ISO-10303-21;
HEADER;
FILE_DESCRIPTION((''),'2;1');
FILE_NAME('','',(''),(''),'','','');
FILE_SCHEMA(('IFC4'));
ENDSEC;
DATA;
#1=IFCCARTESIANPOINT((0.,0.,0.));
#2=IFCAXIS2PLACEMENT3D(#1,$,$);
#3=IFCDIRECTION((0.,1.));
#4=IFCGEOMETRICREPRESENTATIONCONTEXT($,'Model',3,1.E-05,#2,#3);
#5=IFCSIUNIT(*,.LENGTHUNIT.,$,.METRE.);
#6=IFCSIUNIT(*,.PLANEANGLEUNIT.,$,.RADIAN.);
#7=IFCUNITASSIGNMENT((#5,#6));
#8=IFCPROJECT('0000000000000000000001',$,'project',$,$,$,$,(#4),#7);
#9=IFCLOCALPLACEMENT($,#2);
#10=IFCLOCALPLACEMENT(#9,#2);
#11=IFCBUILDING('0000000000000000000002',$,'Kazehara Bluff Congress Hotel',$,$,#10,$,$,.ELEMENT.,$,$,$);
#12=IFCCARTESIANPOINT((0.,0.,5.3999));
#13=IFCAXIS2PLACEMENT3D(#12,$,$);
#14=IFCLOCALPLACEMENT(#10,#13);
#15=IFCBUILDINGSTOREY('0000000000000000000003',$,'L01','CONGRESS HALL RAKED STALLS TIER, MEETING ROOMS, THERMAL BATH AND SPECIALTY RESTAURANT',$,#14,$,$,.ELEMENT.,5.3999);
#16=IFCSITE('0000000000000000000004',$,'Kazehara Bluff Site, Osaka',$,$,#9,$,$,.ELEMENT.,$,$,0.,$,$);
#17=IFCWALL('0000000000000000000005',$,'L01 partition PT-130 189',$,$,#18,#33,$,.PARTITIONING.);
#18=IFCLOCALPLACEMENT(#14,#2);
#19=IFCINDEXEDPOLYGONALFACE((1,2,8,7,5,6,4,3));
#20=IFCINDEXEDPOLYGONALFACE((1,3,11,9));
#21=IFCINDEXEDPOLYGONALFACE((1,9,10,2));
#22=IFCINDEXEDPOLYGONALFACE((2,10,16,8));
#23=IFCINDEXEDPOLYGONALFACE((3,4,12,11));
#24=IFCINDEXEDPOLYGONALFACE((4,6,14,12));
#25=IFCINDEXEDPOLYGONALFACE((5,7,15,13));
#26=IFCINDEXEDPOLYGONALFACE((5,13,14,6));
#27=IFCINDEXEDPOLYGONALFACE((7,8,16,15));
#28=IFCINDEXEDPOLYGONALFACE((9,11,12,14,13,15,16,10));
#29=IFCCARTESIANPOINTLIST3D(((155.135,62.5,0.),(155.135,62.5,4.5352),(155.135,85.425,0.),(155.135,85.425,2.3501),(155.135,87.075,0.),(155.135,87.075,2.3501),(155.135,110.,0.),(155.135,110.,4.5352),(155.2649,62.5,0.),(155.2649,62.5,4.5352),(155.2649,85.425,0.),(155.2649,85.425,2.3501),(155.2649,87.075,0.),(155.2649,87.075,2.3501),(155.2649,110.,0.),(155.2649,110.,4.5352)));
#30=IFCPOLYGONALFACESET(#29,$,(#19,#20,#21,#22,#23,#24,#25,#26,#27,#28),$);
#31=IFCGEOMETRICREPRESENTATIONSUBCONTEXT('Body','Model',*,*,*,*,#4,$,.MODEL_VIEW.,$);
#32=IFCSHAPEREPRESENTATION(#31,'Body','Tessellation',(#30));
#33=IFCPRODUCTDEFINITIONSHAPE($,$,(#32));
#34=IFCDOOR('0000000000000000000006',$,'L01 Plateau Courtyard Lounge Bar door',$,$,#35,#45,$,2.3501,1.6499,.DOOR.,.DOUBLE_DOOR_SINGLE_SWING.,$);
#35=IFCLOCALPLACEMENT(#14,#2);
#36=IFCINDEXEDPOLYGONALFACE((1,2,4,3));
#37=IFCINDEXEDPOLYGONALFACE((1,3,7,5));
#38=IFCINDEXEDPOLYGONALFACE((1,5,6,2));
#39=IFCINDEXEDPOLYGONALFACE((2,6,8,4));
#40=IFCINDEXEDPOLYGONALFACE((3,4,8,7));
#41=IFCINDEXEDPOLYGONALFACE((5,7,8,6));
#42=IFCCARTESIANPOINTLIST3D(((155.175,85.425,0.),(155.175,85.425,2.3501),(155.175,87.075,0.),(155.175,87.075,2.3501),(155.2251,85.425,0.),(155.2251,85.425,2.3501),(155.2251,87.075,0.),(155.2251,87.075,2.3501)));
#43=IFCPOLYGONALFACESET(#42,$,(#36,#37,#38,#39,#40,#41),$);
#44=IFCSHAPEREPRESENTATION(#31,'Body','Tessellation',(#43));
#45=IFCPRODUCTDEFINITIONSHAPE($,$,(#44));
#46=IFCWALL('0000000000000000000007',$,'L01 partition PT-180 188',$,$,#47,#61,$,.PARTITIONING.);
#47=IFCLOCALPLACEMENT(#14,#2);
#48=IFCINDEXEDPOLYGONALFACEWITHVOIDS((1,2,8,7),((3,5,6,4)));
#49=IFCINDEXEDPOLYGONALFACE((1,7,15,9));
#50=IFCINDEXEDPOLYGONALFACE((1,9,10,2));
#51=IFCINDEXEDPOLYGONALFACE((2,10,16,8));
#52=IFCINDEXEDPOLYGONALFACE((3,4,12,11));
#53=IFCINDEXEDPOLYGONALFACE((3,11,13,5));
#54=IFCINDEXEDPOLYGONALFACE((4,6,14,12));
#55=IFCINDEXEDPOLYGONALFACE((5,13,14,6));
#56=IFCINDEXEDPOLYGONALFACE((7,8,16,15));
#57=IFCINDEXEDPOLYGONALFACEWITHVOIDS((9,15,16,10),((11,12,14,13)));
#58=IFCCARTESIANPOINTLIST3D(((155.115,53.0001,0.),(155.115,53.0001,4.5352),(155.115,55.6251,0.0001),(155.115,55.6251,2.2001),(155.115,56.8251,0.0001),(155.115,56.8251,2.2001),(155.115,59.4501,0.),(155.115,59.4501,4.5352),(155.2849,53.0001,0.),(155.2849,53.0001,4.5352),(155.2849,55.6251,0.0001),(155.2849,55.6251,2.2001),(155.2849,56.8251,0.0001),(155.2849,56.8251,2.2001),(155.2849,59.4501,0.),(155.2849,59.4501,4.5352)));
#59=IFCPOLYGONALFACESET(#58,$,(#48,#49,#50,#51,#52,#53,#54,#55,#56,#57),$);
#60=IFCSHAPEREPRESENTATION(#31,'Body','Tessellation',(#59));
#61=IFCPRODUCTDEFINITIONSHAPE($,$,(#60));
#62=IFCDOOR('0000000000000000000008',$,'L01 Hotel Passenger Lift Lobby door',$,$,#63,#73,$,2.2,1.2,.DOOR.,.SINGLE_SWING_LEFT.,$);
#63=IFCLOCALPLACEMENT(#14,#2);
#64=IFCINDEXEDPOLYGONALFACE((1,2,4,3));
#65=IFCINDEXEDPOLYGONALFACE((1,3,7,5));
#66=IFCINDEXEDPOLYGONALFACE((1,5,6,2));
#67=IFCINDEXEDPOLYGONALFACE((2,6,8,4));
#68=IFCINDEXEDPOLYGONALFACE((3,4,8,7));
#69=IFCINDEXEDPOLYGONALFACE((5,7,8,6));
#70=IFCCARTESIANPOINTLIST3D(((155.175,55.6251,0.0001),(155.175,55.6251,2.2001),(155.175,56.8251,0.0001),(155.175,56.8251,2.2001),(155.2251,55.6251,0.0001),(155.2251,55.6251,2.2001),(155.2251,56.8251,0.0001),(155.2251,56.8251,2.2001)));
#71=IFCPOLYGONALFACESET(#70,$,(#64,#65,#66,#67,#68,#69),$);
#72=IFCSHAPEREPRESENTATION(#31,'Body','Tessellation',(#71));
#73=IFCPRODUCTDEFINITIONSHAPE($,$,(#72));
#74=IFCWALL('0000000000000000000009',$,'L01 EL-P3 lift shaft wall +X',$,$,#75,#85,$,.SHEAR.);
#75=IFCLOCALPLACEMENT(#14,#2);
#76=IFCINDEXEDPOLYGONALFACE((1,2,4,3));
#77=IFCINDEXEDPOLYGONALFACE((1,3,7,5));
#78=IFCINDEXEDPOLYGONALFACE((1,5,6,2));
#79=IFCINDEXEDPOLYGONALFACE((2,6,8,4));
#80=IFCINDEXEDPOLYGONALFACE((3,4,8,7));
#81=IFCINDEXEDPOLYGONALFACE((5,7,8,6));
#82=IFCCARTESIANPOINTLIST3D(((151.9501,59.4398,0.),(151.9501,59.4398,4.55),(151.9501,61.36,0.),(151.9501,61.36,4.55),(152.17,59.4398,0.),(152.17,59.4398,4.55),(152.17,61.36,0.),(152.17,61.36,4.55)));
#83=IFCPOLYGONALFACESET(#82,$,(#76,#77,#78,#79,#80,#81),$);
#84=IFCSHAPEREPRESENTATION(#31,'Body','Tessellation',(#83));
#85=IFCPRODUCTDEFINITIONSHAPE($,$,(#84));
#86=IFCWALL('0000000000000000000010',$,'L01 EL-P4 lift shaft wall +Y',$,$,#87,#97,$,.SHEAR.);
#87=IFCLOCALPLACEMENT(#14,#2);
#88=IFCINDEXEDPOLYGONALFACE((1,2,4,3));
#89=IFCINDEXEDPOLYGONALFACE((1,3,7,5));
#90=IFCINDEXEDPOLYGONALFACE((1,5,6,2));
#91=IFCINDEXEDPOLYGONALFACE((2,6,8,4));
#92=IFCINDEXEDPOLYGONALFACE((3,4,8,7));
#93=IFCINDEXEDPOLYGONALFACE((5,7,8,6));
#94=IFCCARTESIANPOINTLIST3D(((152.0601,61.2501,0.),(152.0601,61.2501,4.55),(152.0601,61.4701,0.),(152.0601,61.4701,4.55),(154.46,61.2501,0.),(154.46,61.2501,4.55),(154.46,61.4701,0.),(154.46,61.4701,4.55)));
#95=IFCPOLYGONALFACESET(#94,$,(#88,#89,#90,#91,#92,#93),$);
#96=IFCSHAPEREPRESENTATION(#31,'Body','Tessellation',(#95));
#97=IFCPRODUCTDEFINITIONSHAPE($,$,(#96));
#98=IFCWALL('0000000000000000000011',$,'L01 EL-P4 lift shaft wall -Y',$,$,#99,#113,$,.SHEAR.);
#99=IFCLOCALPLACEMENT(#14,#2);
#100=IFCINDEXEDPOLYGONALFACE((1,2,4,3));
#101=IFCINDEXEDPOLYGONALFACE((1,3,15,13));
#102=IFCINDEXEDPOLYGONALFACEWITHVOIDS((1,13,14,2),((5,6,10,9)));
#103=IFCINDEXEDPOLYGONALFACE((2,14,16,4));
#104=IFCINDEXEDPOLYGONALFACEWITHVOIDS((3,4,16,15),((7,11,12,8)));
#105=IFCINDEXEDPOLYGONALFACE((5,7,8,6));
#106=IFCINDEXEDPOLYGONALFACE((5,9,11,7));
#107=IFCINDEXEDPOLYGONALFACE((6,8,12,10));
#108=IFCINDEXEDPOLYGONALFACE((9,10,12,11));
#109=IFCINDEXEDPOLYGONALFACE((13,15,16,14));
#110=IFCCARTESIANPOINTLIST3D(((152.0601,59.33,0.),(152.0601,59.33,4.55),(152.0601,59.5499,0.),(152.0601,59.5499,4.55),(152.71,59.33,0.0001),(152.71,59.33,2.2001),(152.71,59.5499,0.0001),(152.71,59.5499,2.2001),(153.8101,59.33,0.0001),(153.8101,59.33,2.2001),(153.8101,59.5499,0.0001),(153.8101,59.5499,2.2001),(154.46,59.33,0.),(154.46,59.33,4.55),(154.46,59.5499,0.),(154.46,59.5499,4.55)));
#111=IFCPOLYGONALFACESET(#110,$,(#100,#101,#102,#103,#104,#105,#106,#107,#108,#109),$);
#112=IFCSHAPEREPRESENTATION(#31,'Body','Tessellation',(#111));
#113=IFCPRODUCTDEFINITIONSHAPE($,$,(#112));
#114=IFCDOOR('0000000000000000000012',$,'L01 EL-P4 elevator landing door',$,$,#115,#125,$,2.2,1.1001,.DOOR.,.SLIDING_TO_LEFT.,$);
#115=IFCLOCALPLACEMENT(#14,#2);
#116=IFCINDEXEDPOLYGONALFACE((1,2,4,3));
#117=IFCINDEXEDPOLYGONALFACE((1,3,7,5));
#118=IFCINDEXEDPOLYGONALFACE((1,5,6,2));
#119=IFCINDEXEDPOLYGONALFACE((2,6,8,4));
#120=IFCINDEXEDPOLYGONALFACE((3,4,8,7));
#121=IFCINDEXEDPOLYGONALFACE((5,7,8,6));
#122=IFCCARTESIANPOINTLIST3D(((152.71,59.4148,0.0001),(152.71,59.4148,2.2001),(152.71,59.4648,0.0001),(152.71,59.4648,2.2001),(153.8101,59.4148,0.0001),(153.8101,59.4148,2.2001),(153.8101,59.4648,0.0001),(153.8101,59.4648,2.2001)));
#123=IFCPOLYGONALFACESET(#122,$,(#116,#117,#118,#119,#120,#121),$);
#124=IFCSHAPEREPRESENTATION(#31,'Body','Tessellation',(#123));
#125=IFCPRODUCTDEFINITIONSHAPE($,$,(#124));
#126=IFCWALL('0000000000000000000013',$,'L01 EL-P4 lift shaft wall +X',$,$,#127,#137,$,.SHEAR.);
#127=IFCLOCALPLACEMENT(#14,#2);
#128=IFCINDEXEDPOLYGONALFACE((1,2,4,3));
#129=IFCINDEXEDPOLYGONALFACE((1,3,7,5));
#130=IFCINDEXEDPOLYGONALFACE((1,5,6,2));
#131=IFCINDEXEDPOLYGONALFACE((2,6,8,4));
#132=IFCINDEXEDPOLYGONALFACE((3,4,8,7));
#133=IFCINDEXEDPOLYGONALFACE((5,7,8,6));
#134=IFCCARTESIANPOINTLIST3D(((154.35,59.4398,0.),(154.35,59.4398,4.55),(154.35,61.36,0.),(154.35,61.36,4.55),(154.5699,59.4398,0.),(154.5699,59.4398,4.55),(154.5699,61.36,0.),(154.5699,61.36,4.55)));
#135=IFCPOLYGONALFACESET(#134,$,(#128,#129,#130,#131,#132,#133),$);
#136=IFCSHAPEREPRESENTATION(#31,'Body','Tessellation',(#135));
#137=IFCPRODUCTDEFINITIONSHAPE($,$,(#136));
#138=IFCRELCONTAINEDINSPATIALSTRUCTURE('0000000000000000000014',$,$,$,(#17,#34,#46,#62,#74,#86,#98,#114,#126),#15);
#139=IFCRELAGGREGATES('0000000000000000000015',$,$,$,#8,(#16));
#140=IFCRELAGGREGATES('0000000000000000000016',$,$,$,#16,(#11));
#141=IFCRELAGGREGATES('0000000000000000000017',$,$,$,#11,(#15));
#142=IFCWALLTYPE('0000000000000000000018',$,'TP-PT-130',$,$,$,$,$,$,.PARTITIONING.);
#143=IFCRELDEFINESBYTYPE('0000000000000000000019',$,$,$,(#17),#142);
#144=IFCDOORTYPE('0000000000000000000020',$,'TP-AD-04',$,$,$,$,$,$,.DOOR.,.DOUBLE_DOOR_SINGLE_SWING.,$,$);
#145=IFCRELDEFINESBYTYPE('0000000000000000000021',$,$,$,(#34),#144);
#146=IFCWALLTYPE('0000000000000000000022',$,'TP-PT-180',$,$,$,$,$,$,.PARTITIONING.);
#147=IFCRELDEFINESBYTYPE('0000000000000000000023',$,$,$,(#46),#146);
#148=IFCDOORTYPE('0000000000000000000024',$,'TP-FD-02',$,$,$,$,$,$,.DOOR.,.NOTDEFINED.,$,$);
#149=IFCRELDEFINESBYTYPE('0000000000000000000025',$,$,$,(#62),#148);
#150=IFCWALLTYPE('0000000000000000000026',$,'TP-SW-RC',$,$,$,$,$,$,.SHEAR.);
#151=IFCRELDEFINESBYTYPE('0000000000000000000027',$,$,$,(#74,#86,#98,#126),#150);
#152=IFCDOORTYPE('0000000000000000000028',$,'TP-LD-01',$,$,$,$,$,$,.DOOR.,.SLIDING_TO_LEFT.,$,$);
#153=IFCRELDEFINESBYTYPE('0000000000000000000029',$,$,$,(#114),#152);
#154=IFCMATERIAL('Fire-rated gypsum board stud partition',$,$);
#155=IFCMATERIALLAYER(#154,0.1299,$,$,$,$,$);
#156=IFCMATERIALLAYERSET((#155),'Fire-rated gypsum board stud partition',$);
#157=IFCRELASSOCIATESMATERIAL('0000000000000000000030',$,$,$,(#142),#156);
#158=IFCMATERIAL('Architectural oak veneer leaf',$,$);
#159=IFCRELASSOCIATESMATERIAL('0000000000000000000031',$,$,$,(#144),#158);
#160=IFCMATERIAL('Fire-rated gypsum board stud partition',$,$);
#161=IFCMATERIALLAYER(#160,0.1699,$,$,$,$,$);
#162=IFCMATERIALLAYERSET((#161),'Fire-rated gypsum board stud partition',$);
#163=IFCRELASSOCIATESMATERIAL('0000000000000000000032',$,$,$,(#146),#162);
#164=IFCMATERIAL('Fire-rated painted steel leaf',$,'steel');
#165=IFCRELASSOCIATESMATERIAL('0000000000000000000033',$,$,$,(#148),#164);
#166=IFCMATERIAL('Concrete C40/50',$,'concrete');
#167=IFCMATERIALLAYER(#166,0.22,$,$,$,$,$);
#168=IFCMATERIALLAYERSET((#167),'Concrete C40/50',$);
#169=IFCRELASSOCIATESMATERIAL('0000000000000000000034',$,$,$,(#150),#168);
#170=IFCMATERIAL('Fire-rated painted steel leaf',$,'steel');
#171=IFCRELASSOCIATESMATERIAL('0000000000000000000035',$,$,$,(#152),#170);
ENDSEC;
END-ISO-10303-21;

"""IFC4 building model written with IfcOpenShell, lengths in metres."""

from ifc_helpers import new_model, si_unit, direction, frame, frame_2d, origin, place, context, subcontext, project, spatial, rectangle, extrude, material, layer, layer_set, type_object, element, fill, save


model = new_model("IFC4")

# Units and contexts
model_context = context("Model", 3, precision=1e-05, world=origin(), true_north=direction((0.0, 1.0)))
body_context = subcontext(model_context, "Body", "Model", "MODEL_VIEW")
ifc_project = project(units=[si_unit("LENGTHUNIT", "METRE"), si_unit("PLANEANGLEUNIT", "RADIAN")], contexts=[model_context])

# Site, building, storey
site_placement = place(None, origin())
site = spatial("IfcSite", under=ifc_project, at=site_placement, Name="Kazehara Bluff Site, Osaka", CompositionType="ELEMENT", RefElevation=0.0)
building_placement = place(site_placement, origin())
building = spatial("IfcBuilding", under=site, at=building_placement, Name="Kazehara Bluff Congress Hotel", CompositionType="ELEMENT")
storey_placement = place(building_placement, frame((0.0, 0.0, 5.3999)))
storey = spatial("IfcBuildingStorey", under=building, at=storey_placement, Name="L01", Description="CONGRESS HALL RAKED STALLS TIER, MEETING ROOMS, THERMAL BATH AND SPECIALTY RESTAURANT", CompositionType="ELEMENT", Elevation=5.3999)

# Shared definitions
ifc_material_1 = material(Name="Fire-rated gypsum board stud partition")
ifc_layer_1 = layer(ifc_material_1, 0.1299)
ifc_layer_set_1 = layer_set([ifc_layer_1], Name="Fire-rated gypsum board stud partition")
wall_type_1 = type_object("IfcWallType", Name="TP-PT-130", PredefinedType="PARTITIONING", material=ifc_layer_set_1)

# Walls, openings, doors
wall_1_placement = place(storey_placement, frame((155.2, 62.5, 0.0), z_axis=(0.0, 0.0, 1.0), x_axis=(0.0, 1.0, 0.0)))
wall_1 = element("IfcWall", 1, at=wall_1_placement, inside=storey, type_object=wall_type_1, Name="L01 partition PT-130 189", PredefinedType="PARTITIONING", context=body_context, shape_type="SweptSolid", body=[
    extrude(rectangle(XDim=47.5, YDim=0.1299, at=frame_2d((23.75, 0.0))), origin(), (0.0, 0.0, 1.0), 4.5352),
])
opening_1_placement = place(wall_1_placement, frame((22.925, 0.0, 0.0)))
opening_1 = element("IfcOpeningElement", 2, at=opening_1_placement, cuts=wall_1, PredefinedType="OPENING", context=body_context, shape_type="SweptSolid", body=[
    extrude(rectangle(XDim=1.6499, YDim=2.3501, at=frame_2d((0.825, 1.175))), frame((0.0, 0.075, 0.0), z_axis=(0.0, -1.0, 0.0), x_axis=(1.0, 0.0, 0.0)), (0.0, 0.0, 1.0), 0.1499),
])
ifc_material_2 = material(Name="Architectural oak veneer leaf")
door_type_1 = type_object("IfcDoorType", Name="TP-AD-04", OperationType="DOUBLE_DOOR_SINGLE_SWING", PredefinedType="DOOR", material=ifc_material_2)
door_1_placement = place(opening_1_placement, origin())
door_1 = element("IfcDoor", 3, at=door_1_placement, inside=storey, type_object=door_type_1, Name="L01 Plateau Courtyard Lounge Bar door", OperationType="DOUBLE_DOOR_SINGLE_SWING", OverallHeight=2.3501, OverallWidth=1.6499, PredefinedType="DOOR", context=body_context, shape_type="SweptSolid", body=[
    extrude(rectangle(XDim=1.6499, YDim=2.3501, at=frame_2d((0.825, 1.175))), frame((0.0, 0.0249, 0.0), z_axis=(0.0, -1.0, 0.0), x_axis=(1.0, 0.0, 0.0)), (0.0, 0.0, 1.0), 0.05),
])
fill(opening_1, door_1)
ifc_material_3 = material(Name="Fire-rated gypsum board stud partition")
ifc_layer_2 = layer(ifc_material_3, 0.1699)
ifc_layer_set_2 = layer_set([ifc_layer_2], Name="Fire-rated gypsum board stud partition")
wall_type_2 = type_object("IfcWallType", Name="TP-PT-180", PredefinedType="PARTITIONING", material=ifc_layer_set_2)
wall_2_placement = place(storey_placement, frame((155.2, 53.0, 0.0), z_axis=(0.0, 0.0, 1.0), x_axis=(0.0, 1.0, 0.0)))
wall_2 = element("IfcWall", 4, at=wall_2_placement, inside=storey, type_object=wall_type_2, Name="L01 partition PT-180 188", PredefinedType="PARTITIONING", context=body_context, shape_type="SweptSolid", body=[
    extrude(rectangle(XDim=6.45, YDim=0.1699, at=frame_2d((3.2251, 0.0))), origin(), (0.0, 0.0, 1.0), 4.5352),
])
opening_2_placement = place(wall_2_placement, frame((2.625, 0.0, 0.0)))
opening_2 = element("IfcOpeningElement", 5, at=opening_2_placement, cuts=wall_2, PredefinedType="OPENING", context=body_context, shape_type="SweptSolid", body=[
    extrude(rectangle(XDim=1.2, YDim=2.2, at=frame_2d((0.6001, 1.1001))), frame((0.0, 0.095, 0.0), z_axis=(0.0, -1.0, 0.0), x_axis=(1.0, 0.0, 0.0)), (0.0, 0.0, 1.0), 0.1899),
])
ifc_material_4 = material(Name="Fire-rated painted steel leaf", Category="steel")
door_type_2 = type_object("IfcDoorType", Name="TP-FD-02", OperationType="NOTDEFINED", PredefinedType="DOOR", material=ifc_material_4)
door_2_placement = place(opening_2_placement, origin())
door_2 = element("IfcDoor", 6, at=door_2_placement, inside=storey, type_object=door_type_2, Name="L01 Hotel Passenger Lift Lobby door", OperationType="SINGLE_SWING_LEFT", OverallHeight=2.2, OverallWidth=1.2, PredefinedType="DOOR", context=body_context, shape_type="SweptSolid", body=[
    extrude(rectangle(XDim=1.2, YDim=2.2, at=frame_2d((0.6001, 1.1001))), frame((0.0, 0.0249, 0.0), z_axis=(0.0, -1.0, 0.0), x_axis=(1.0, 0.0, 0.0)), (0.0, 0.0, 1.0), 0.05),
])
fill(opening_2, door_2)

# Walls
ifc_material_5 = material(Name="Concrete C40/50", Category="concrete")
ifc_layer_3 = layer(ifc_material_5, 0.22)
ifc_layer_set_3 = layer_set([ifc_layer_3], Name="Concrete C40/50")
wall_type_3 = type_object("IfcWallType", Name="TP-SW-RC", PredefinedType="SHEAR", material=ifc_layer_set_3)
wall_3_placement = place(storey_placement, frame((152.0601, 59.4399, 0.0), z_axis=(0.0, 0.0, 1.0), x_axis=(0.0, 1.0, 0.0)))
element("IfcWall", 7, at=wall_3_placement, inside=storey, type_object=wall_type_3, Name="L01 EL-P3 lift shaft wall +X", PredefinedType="SHEAR", context=body_context, shape_type="SweptSolid", body=[
    extrude(rectangle(XDim=1.9202, YDim=0.22, at=frame_2d((0.96, 0.0))), origin(), (0.0, 0.0, 1.0), 4.55),
])
wall_4_placement = place(storey_placement, frame((152.0601, 61.3601, 0.0), z_axis=(0.0, 0.0, 1.0), x_axis=(1.0, 0.0, 0.0)))
element("IfcWall", 8, at=wall_4_placement, inside=storey, type_object=wall_type_3, Name="L01 EL-P4 lift shaft wall +Y", PredefinedType="SHEAR", context=body_context, shape_type="SweptSolid", body=[
    extrude(rectangle(XDim=2.3999, YDim=0.22, at=frame_2d((1.2, 0.0))), origin(), (0.0, 0.0, 1.0), 4.55),
])

# Wall, opening, door
wall_5_placement = place(storey_placement, frame((152.0601, 59.4399, 0.0), z_axis=(0.0, 0.0, 1.0), x_axis=(1.0, 0.0, 0.0)))
wall_5 = element("IfcWall", 9, at=wall_5_placement, inside=storey, type_object=wall_type_3, Name="L01 EL-P4 lift shaft wall -Y", PredefinedType="SHEAR", context=body_context, shape_type="SweptSolid", body=[
    extrude(rectangle(XDim=2.3999, YDim=0.22, at=frame_2d((1.2, 0.0))), origin(), (0.0, 0.0, 1.0), 4.55),
])
opening_3_placement = place(wall_5_placement, frame((0.6499, 0.0, 0.0)))
opening_3 = element("IfcOpeningElement", 10, at=opening_3_placement, cuts=wall_5, PredefinedType="OPENING", context=body_context, shape_type="SweptSolid", body=[
    extrude(rectangle(XDim=1.1001, YDim=2.2, at=frame_2d((0.55, 1.1001))), frame((0.0, 0.1199, 0.0), z_axis=(0.0, -1.0, 0.0), x_axis=(1.0, 0.0, 0.0)), (0.0, 0.0, 1.0), 0.24),
])
ifc_material_6 = material(Name="Fire-rated painted steel leaf", Category="steel")
door_type_3 = type_object("IfcDoorType", Name="TP-LD-01", OperationType="SLIDING_TO_LEFT", PredefinedType="DOOR", material=ifc_material_6)
door_3_placement = place(opening_3_placement, origin())
door_3 = element("IfcDoor", 11, at=door_3_placement, inside=storey, type_object=door_type_3, Name="L01 EL-P4 elevator landing door", OperationType="SLIDING_TO_LEFT", OverallHeight=2.2, OverallWidth=1.1001, PredefinedType="DOOR", context=body_context, shape_type="SweptSolid", body=[
    extrude(rectangle(XDim=1.1001, YDim=2.2, at=frame_2d((0.55, 1.1001))), frame((0.0, 0.0249, 0.0), z_axis=(0.0, -1.0, 0.0), x_axis=(1.0, 0.0, 0.0)), (0.0, 0.0, 1.0), 0.05),
])
fill(opening_3, door_3)

# Wall
wall_6_placement = place(storey_placement, frame((154.46, 59.4399, 0.0), z_axis=(0.0, 0.0, 1.0), x_axis=(0.0, 1.0, 0.0)))
element("IfcWall", 12, at=wall_6_placement, inside=storey, type_object=wall_type_3, Name="L01 EL-P4 lift shaft wall +X", PredefinedType="SHEAR", context=body_context, shape_type="SweptSolid", body=[
    extrude(rectangle(XDim=1.9202, YDim=0.22, at=frame_2d((0.96, 0.0))), origin(), (0.0, 0.0, 1.0), 4.55),
])

save(model, "model.ifc")
